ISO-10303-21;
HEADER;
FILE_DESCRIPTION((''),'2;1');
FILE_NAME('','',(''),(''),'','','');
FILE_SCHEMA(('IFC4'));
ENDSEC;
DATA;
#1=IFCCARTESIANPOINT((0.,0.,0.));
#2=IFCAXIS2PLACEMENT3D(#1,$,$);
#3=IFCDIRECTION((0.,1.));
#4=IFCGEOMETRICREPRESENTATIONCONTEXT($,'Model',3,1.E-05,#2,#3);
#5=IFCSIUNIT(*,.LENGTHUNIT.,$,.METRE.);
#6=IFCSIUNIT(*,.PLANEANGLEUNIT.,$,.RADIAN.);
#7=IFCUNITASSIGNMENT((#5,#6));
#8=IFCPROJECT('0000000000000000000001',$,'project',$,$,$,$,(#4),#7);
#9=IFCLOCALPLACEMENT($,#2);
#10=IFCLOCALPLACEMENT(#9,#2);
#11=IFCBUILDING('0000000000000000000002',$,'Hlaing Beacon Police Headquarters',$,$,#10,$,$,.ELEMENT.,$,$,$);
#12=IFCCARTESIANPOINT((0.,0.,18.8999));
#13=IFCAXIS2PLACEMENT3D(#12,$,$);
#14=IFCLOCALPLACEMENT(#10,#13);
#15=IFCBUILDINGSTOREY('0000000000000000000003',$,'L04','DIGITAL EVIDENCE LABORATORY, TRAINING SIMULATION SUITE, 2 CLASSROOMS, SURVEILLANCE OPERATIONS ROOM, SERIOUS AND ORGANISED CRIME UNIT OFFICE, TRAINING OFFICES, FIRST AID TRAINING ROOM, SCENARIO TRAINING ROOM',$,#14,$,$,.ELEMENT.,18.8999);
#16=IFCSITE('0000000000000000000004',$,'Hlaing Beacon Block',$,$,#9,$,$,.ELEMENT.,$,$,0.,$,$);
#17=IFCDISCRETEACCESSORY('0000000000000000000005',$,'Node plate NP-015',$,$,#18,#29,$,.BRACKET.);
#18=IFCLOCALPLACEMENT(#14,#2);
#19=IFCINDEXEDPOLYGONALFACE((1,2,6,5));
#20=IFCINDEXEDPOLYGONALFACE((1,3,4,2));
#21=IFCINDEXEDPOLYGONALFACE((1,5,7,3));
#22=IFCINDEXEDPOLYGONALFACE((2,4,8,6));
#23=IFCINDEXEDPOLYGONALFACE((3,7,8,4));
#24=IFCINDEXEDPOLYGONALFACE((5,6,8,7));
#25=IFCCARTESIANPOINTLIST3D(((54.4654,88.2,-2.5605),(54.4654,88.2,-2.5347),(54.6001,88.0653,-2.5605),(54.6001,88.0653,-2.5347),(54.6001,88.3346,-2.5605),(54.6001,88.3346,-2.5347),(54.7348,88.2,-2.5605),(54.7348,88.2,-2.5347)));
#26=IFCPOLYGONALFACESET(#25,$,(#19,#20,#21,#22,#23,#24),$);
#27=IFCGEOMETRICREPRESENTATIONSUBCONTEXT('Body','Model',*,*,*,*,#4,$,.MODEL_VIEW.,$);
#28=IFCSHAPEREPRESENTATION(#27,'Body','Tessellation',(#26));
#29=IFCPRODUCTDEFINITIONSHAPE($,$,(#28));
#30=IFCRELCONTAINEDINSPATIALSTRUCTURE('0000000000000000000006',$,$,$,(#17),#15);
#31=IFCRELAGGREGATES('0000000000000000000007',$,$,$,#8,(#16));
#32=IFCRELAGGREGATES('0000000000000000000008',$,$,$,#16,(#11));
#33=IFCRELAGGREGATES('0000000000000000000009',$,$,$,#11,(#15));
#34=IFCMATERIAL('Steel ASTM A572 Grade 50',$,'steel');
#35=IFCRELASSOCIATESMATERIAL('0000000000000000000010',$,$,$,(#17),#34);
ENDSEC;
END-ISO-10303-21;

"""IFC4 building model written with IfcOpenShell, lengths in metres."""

from ifc_helpers import new_model, si_unit, direction, frame, origin, origin_2d, place, context, subcontext, project, spatial, rectangle, extrude, material, element, save


model = new_model("IFC4")

# Units and contexts
model_context = context("Model", 3, precision=1e-05, world=origin(), true_north=direction((0.0, 1.0)))
body_context = subcontext(model_context, "Body", "Model", "MODEL_VIEW")
ifc_project = project(units=[si_unit("LENGTHUNIT", "METRE"), si_unit("PLANEANGLEUNIT", "RADIAN")], contexts=[model_context])

# Site, building, storey
site_placement = place(None, origin())
site = spatial("IfcSite", under=ifc_project, at=site_placement, Name="Hlaing Beacon Block", CompositionType="ELEMENT", RefElevation=0.0)
building_placement = place(site_placement, origin())
building = spatial("IfcBuilding", under=site, at=building_placement, Name="Hlaing Beacon Police Headquarters", CompositionType="ELEMENT")
storey_placement = place(building_placement, frame((0.0, 0.0, 18.8999)))
storey = spatial("IfcBuildingStorey", under=building, at=storey_placement, Name="L04", Description="DIGITAL EVIDENCE LABORATORY, TRAINING SIMULATION SUITE, 2 CLASSROOMS, SURVEILLANCE OPERATIONS ROOM, SERIOUS AND ORGANISED CRIME UNIT OFFICE, TRAINING OFFICES, FIRST AID TRAINING ROOM, SCENARIO TRAINING ROOM", CompositionType="ELEMENT", Elevation=18.8999)

# Discrete accessory
ifc_material_1 = material(Name="Steel ASTM A572 Grade 50", Category="steel")
discrete_accessory_placement = place(storey_placement, frame((54.6001, 88.2, -2.5605), z_axis=(0.0, 0.0, 1.0), x_axis=(0.707107, 0.707107, 0.0)))
element("IfcDiscreteAccessory", 1, at=discrete_accessory_placement, inside=storey, material=ifc_material_1, Name="Node plate NP-015", PredefinedType="BRACKET", context=body_context, shape_type="SweptSolid", body=[
    extrude(rectangle(XDim=0.1904, YDim=0.1904, at=origin_2d()), origin(), (0.0, 0.0, 1.0), 0.0259),
])

save(model, "model.ifc")
